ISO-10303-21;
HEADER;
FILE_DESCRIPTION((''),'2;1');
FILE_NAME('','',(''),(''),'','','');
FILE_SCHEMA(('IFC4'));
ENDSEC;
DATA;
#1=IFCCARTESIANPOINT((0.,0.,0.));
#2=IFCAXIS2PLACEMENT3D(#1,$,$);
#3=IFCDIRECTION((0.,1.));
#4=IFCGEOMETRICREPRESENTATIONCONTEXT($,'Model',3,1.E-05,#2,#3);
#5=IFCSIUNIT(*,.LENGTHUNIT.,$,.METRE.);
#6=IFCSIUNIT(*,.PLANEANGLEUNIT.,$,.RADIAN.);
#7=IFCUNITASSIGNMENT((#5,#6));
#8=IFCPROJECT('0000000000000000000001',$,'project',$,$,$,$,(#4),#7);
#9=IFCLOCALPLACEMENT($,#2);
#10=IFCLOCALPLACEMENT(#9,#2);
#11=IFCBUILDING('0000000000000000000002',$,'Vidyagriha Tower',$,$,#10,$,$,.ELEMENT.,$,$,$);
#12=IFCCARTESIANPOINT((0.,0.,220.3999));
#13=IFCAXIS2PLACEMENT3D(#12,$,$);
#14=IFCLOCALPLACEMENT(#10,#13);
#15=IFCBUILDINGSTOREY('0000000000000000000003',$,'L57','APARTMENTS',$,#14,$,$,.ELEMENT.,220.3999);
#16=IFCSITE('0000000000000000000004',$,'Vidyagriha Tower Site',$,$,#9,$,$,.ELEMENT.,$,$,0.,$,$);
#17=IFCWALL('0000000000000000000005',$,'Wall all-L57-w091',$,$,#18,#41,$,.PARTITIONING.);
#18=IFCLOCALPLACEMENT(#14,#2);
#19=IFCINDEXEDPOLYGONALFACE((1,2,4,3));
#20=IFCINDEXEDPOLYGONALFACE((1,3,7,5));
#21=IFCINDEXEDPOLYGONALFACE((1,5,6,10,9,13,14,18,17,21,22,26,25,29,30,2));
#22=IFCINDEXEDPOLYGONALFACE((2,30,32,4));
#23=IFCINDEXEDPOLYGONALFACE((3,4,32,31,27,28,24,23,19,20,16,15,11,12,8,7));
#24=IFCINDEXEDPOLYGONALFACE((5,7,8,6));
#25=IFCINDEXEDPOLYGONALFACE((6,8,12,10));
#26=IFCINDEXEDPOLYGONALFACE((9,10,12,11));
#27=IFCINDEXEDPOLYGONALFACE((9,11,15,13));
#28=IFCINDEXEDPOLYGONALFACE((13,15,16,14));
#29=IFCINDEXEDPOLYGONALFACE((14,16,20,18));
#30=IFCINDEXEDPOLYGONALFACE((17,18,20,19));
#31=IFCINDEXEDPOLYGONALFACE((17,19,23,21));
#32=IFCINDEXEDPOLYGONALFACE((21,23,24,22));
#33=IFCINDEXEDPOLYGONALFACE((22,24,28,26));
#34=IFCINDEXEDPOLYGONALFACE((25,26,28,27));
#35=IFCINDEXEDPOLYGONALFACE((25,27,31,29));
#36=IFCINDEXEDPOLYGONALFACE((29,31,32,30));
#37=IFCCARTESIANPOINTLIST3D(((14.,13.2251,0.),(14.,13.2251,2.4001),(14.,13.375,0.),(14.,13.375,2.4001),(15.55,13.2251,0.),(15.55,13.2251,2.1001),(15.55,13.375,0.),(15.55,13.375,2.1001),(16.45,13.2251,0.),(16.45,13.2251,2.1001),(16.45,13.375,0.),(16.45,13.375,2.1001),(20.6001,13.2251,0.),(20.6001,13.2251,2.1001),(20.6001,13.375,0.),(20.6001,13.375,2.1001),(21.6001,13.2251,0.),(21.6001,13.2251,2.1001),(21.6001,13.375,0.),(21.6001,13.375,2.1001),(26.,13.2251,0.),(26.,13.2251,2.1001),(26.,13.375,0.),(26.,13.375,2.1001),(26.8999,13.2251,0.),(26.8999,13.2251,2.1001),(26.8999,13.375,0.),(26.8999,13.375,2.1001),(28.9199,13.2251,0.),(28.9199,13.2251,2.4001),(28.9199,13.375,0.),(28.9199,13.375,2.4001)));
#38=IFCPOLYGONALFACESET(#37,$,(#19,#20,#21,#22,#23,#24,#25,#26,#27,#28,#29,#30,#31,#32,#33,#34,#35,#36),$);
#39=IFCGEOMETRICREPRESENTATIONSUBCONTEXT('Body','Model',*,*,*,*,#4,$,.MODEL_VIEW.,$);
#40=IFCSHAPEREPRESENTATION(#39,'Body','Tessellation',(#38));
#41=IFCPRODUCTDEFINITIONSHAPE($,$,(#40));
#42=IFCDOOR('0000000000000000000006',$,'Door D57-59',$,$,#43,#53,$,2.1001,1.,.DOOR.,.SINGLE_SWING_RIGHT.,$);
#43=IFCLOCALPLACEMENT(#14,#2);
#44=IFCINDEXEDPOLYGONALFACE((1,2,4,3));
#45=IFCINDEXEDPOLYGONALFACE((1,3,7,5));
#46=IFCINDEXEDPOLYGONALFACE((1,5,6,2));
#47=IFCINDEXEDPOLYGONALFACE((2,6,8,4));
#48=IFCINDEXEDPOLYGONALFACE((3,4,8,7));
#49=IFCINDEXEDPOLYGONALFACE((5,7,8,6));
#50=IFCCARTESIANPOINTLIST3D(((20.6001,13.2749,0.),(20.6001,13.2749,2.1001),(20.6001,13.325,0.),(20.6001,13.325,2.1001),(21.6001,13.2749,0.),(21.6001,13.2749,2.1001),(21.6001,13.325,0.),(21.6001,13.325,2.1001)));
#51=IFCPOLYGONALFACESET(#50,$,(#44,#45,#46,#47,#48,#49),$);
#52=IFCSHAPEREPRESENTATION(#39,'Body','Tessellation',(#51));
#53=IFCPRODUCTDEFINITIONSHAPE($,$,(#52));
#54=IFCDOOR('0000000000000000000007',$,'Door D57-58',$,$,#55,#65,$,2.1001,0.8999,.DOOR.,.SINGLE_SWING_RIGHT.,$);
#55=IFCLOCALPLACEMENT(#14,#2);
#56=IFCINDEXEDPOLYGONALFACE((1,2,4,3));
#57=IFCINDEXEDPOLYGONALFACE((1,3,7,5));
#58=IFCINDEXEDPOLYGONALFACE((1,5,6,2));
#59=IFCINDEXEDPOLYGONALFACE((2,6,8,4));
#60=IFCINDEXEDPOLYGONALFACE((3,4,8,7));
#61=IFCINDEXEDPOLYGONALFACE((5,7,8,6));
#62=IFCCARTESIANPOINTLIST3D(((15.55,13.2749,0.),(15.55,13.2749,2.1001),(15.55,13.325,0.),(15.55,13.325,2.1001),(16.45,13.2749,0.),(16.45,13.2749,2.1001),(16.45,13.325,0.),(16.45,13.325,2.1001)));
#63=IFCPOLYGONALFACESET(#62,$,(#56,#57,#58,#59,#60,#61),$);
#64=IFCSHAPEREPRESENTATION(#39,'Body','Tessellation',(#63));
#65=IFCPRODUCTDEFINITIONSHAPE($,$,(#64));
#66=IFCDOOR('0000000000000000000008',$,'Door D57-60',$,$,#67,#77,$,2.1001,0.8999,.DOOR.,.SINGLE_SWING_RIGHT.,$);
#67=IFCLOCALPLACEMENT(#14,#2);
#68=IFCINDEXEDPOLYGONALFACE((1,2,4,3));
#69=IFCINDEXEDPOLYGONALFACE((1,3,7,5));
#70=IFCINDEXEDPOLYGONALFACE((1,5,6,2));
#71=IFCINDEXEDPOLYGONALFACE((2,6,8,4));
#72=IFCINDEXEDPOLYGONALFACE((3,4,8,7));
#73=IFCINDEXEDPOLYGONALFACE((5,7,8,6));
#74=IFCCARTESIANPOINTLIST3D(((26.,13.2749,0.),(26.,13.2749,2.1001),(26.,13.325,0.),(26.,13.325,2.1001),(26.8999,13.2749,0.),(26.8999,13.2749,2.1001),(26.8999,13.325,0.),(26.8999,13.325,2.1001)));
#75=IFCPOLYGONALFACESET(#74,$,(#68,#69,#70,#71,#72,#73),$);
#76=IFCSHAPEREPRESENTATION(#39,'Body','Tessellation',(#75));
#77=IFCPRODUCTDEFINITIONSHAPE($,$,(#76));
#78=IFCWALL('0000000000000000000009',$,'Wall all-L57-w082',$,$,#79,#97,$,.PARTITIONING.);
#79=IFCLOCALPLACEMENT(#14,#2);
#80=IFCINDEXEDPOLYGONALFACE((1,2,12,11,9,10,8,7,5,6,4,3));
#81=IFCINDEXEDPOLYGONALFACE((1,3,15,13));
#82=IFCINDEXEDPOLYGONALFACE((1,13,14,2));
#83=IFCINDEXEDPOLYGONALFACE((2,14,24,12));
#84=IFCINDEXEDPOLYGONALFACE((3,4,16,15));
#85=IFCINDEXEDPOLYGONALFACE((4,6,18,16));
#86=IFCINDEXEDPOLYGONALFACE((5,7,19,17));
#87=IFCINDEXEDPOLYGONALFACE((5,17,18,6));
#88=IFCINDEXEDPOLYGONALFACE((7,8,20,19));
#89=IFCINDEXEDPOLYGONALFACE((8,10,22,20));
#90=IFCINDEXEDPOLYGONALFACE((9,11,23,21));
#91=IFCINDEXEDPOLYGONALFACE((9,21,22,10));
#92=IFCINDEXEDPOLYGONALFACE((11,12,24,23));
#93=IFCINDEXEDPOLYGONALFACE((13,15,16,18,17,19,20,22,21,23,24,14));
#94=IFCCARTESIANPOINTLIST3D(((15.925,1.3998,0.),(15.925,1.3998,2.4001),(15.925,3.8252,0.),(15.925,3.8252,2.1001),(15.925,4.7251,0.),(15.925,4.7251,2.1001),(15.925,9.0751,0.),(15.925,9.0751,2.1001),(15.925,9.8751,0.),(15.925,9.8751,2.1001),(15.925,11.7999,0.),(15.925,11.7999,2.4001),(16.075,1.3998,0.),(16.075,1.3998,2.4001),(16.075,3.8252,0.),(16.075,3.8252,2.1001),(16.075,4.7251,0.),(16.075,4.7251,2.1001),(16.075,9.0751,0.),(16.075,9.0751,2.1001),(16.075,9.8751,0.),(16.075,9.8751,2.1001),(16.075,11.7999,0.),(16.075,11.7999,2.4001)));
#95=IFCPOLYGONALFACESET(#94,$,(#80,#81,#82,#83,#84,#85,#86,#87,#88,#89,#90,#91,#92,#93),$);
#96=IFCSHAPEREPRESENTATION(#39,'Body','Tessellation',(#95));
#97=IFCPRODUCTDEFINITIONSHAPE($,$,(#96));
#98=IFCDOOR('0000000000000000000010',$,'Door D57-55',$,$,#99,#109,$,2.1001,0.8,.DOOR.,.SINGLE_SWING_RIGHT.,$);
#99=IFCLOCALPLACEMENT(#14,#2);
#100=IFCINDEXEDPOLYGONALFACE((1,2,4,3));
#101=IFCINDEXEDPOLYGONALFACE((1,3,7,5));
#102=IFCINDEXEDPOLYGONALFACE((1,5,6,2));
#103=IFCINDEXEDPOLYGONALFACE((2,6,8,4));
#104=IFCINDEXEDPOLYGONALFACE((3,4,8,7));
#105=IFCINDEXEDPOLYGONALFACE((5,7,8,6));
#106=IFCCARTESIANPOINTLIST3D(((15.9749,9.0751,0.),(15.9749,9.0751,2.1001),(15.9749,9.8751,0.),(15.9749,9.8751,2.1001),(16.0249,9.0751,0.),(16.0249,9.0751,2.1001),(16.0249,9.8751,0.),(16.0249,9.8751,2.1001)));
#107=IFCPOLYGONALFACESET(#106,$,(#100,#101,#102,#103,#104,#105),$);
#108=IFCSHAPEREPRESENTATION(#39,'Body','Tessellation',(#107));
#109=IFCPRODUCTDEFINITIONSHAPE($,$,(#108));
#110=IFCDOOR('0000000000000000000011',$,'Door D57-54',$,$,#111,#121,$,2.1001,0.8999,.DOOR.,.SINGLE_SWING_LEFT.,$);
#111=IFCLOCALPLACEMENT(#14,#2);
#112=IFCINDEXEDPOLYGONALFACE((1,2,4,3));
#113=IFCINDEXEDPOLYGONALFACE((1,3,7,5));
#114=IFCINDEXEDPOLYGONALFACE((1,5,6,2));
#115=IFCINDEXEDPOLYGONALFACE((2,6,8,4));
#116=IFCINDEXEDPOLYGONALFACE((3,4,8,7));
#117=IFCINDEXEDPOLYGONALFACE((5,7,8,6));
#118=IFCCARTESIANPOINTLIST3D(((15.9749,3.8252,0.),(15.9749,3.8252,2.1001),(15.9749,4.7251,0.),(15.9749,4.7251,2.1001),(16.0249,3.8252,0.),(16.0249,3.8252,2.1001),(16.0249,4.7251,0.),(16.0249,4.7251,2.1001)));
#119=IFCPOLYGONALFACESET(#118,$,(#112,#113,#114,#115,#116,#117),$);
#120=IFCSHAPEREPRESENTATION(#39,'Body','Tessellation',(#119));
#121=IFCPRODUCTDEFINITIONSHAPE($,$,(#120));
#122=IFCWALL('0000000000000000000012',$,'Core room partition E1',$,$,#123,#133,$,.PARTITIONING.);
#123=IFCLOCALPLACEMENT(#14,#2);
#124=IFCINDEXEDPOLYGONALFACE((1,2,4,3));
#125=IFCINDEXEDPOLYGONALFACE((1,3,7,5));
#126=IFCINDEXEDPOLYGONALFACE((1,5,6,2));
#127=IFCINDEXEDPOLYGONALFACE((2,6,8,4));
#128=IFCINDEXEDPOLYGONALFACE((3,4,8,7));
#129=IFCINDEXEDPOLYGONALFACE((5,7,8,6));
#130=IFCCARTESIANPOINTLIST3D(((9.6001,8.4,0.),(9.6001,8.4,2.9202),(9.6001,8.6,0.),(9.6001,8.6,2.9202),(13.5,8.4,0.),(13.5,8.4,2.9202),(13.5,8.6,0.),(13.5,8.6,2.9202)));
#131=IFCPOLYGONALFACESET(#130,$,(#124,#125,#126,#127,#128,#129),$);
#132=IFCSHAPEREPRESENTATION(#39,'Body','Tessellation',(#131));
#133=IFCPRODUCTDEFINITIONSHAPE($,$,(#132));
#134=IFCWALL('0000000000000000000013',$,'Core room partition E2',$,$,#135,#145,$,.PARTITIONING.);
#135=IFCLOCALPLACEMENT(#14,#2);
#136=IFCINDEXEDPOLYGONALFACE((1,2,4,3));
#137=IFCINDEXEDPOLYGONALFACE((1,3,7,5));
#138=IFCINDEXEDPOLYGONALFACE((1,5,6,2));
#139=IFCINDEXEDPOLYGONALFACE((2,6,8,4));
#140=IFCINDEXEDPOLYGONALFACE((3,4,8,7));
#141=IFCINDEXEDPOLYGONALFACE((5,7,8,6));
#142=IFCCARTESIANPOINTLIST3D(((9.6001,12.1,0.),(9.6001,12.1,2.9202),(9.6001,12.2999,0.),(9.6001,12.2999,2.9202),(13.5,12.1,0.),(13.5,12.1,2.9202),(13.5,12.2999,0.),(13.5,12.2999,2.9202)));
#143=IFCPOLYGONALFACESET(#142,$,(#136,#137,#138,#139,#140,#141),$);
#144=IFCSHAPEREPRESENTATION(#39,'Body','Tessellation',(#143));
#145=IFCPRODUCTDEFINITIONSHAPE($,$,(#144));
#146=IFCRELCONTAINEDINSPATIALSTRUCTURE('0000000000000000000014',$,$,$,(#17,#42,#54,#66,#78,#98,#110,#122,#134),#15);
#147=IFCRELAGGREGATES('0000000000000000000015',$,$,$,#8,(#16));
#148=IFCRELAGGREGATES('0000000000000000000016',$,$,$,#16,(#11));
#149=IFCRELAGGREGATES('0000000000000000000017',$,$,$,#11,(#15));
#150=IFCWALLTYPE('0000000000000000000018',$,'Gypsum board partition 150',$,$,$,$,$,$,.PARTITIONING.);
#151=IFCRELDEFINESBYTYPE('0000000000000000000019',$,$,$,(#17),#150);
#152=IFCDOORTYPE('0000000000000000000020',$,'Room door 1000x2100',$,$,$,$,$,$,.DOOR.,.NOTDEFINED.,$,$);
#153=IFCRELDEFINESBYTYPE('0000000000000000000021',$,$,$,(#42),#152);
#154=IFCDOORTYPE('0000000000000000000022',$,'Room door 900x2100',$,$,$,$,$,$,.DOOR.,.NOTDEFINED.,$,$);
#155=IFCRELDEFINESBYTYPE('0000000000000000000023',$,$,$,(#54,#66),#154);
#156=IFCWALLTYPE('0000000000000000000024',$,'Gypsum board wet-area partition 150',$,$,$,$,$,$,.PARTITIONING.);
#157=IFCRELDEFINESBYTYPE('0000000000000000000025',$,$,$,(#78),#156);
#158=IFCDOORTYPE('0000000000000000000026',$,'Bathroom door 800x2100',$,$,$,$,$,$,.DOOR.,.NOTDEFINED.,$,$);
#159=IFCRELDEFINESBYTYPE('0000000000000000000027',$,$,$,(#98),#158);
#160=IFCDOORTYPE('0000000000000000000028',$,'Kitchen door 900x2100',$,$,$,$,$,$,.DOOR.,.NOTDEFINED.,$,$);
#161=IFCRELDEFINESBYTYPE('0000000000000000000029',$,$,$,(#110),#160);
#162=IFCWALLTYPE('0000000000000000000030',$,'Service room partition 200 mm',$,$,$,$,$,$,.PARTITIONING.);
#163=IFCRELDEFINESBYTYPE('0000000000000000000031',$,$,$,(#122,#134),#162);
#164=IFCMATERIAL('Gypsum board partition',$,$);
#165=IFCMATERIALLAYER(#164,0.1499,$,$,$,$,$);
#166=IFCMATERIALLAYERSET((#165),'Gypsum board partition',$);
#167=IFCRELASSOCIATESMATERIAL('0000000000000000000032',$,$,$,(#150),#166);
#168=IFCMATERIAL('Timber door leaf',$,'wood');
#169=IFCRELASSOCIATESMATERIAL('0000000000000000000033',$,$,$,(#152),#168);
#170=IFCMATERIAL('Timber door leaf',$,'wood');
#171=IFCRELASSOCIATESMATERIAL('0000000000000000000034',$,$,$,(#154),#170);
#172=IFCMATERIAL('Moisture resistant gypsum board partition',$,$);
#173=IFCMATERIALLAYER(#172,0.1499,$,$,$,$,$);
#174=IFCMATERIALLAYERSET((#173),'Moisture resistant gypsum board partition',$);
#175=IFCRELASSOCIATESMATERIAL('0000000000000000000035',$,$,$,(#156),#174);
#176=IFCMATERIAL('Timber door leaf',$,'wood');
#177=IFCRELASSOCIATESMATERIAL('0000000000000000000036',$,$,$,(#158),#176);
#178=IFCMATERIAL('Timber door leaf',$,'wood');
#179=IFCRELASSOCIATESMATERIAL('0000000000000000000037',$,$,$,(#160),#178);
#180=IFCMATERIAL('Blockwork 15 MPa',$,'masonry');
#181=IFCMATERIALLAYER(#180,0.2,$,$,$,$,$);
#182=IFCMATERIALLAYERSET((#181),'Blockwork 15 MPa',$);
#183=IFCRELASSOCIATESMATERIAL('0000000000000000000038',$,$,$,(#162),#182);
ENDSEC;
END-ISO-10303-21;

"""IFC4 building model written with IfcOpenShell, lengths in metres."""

from ifc_helpers import new_model, si_unit, direction, frame, frame_2d, origin, place, context, subcontext, project, spatial, rectangle, extrude, material, layer, layer_set, type_object, element, fill, save


model = new_model("IFC4")

# Units and contexts
model_context = context("Model", 3, precision=1e-05, world=origin(), true_north=direction((0.0, 1.0)))
body_context = subcontext(model_context, "Body", "Model", "MODEL_VIEW")
ifc_project = project(units=[si_unit("LENGTHUNIT", "METRE"), si_unit("PLANEANGLEUNIT", "RADIAN")], contexts=[model_context])

# Site, building, storey
site_placement = place(None, origin())
site = spatial("IfcSite", under=ifc_project, at=site_placement, Name="Vidyagriha Tower Site", CompositionType="ELEMENT", RefElevation=0.0)
building_placement = place(site_placement, origin())
building = spatial("IfcBuilding", under=site, at=building_placement, Name="Vidyagriha Tower", CompositionType="ELEMENT")
storey_placement = place(building_placement, frame((0.0, 0.0, 220.3999)))
storey = spatial("IfcBuildingStorey", under=building, at=storey_placement, Name="L57", Description="APARTMENTS", CompositionType="ELEMENT", Elevation=220.3999)

# Shared definitions
ifc_material_1 = material(Name="Gypsum board partition")
ifc_layer_1 = layer(ifc_material_1, 0.1499)
ifc_layer_set_1 = layer_set([ifc_layer_1], Name="Gypsum board partition")
wall_type_1 = type_object("IfcWallType", Name="Gypsum board partition 150", PredefinedType="PARTITIONING", material=ifc_layer_set_1)

# Walls, openings, doors
wall_1_placement = place(storey_placement, frame((14.0, 13.3, 0.0)))
wall_1 = element("IfcWall", 1, at=wall_1_placement, inside=storey, type_object=wall_type_1, Name="Wall all-L57-w091", PredefinedType="PARTITIONING", context=body_context, shape_type="SweptSolid", body=[
    extrude(rectangle(XDim=14.9199, YDim=0.1499, at=frame_2d((7.46, 0.0))), origin(), (0.0, 0.0, 1.0), 2.4001),
])
opening_1_placement = place(wall_1_placement, frame((1.55, 0.0, 0.0)))
opening_1 = element("IfcOpeningElement", 2, at=opening_1_placement, cuts=wall_1, PredefinedType="OPENING", context=body_context, shape_type="SweptSolid", body=[
    extrude(rectangle(XDim=0.8999, YDim=2.1001, at=frame_2d((0.45, 1.05))), frame((0.0, 0.085, 0.0), z_axis=(0.0, -1.0, 0.0), x_axis=(1.0, 0.0, 0.0)), (0.0, 0.0, 1.0), 0.1699),
])
opening_2_placement = place(wall_1_placement, frame((6.6001, 0.0, 0.0)))
opening_2 = element("IfcOpeningElement", 3, at=opening_2_placement, cuts=wall_1, PredefinedType="OPENING", context=body_context, shape_type="SweptSolid", body=[
    extrude(rectangle(XDim=1.0, YDim=2.1001, at=frame_2d((0.5, 1.05))), frame((0.0, 0.085, 0.0), z_axis=(0.0, -1.0, 0.0), x_axis=(1.0, 0.0, 0.0)), (0.0, 0.0, 1.0), 0.1699),
])
opening_3_placement = place(wall_1_placement, frame((12.0, 0.0, 0.0)))
opening_3 = element("IfcOpeningElement", 4, at=opening_3_placement, cuts=wall_1, PredefinedType="OPENING", context=body_context, shape_type="SweptSolid", body=[
    extrude(rectangle(XDim=0.8999, YDim=2.1001, at=frame_2d((0.45, 1.05))), frame((0.0, 0.085, 0.0), z_axis=(0.0, -1.0, 0.0), x_axis=(1.0, 0.0, 0.0)), (0.0, 0.0, 1.0), 0.1699),
])
ifc_material_2 = material(Name="Timber door leaf", Category="wood")
door_type_1 = type_object("IfcDoorType", Name="Room door 1000x2100", OperationType="NOTDEFINED", PredefinedType="DOOR", material=ifc_material_2)
door_1_placement = place(opening_2_placement, origin())
door_1 = element("IfcDoor", 5, at=door_1_placement, inside=storey, type_object=door_type_1, Name="Door D57-59", OperationType="SINGLE_SWING_RIGHT", OverallHeight=2.1001, OverallWidth=1.0, PredefinedType="DOOR", context=body_context, shape_type="SweptSolid", body=[
    extrude(rectangle(XDim=1.0, YDim=2.1001, at=frame_2d((0.5, 1.05))), frame((0.0, 0.0249, 0.0), z_axis=(0.0, -1.0, 0.0), x_axis=(1.0, 0.0, 0.0)), (0.0, 0.0, 1.0), 0.05),
])
fill(opening_2, door_1)
ifc_material_3 = material(Name="Timber door leaf", Category="wood")
door_type_2 = type_object("IfcDoorType", Name="Room door 900x2100", OperationType="NOTDEFINED", PredefinedType="DOOR", material=ifc_material_3)
door_2_placement = place(opening_1_placement, origin())
door_2 = element("IfcDoor", 6, at=door_2_placement, inside=storey, type_object=door_type_2, Name="Door D57-58", OperationType="SINGLE_SWING_RIGHT", OverallHeight=2.1001, OverallWidth=0.8999, PredefinedType="DOOR", context=body_context, shape_type="SweptSolid", body=[
    extrude(rectangle(XDim=0.8999, YDim=2.1001, at=frame_2d((0.45, 1.05))), frame((0.0, 0.0249, 0.0), z_axis=(0.0, -1.0, 0.0), x_axis=(1.0, 0.0, 0.0)), (0.0, 0.0, 1.0), 0.05),
])
fill(opening_1, door_2)
door_3_placement = place(opening_3_placement, origin())
door_3 = element("IfcDoor", 7, at=door_3_placement, inside=storey, type_object=door_type_2, Name="Door D57-60", OperationType="SINGLE_SWING_RIGHT", OverallHeight=2.1001, OverallWidth=0.8999, PredefinedType="DOOR", context=body_context, shape_type="SweptSolid", body=[
    extrude(rectangle(XDim=0.8999, YDim=2.1001, at=frame_2d((0.45, 1.05))), frame((0.0, 0.0249, 0.0), z_axis=(0.0, -1.0, 0.0), x_axis=(1.0, 0.0, 0.0)), (0.0, 0.0, 1.0), 0.05),
])
fill(opening_3, door_3)
ifc_material_4 = material(Name="Moisture resistant gypsum board partition")
ifc_layer_2 = layer(ifc_material_4, 0.1499)
ifc_layer_set_2 = layer_set([ifc_layer_2], Name="Moisture resistant gypsum board partition")
wall_type_2 = type_object("IfcWallType", Name="Gypsum board wet-area partition 150", PredefinedType="PARTITIONING", material=ifc_layer_set_2)
wall_2_placement = place(storey_placement, frame((16.0, 11.8, 0.0), z_axis=(0.0, 0.0, 1.0), x_axis=(0.0, -1.0, 0.0)))
wall_2 = element("IfcWall", 8, at=wall_2_placement, inside=storey, type_object=wall_type_2, Name="Wall all-L57-w082", PredefinedType="PARTITIONING", context=body_context, shape_type="SweptSolid", body=[
    extrude(rectangle(XDim=10.4001, YDim=0.1499, at=frame_2d((5.2002, 0.0))), origin(), (0.0, 0.0, 1.0), 2.4001),
])
opening_4_placement = place(wall_2_placement, frame((7.075, 0.0, 0.0)))
opening_4 = element("IfcOpeningElement", 9, at=opening_4_placement, cuts=wall_2, PredefinedType="OPENING", context=body_context, shape_type="SweptSolid", body=[
    extrude(rectangle(XDim=0.8999, YDim=2.1001, at=frame_2d((0.45, 1.05))), frame((0.0, 0.085, 0.0), z_axis=(0.0, -1.0, 0.0), x_axis=(1.0, 0.0, 0.0)), (0.0, 0.0, 1.0), 0.1699),
])
opening_5_placement = place(wall_2_placement, frame((1.925, 0.0, 0.0)))
opening_5 = element("IfcOpeningElement", 10, at=opening_5_placement, cuts=wall_2, PredefinedType="OPENING", context=body_context, shape_type="SweptSolid", body=[
    extrude(rectangle(XDim=0.8, YDim=2.1001, at=frame_2d((0.3999, 1.05))), frame((0.0, 0.085, 0.0), z_axis=(0.0, -1.0, 0.0), x_axis=(1.0, 0.0, 0.0)), (0.0, 0.0, 1.0), 0.1699),
])
ifc_material_5 = material(Name="Timber door leaf", Category="wood")
door_type_3 = type_object("IfcDoorType", Name="Bathroom door 800x2100", OperationType="NOTDEFINED", PredefinedType="DOOR", material=ifc_material_5)
door_4_placement = place(opening_5_placement, origin())
door_4 = element("IfcDoor", 11, at=door_4_placement, inside=storey, type_object=door_type_3, Name="Door D57-55", OperationType="SINGLE_SWING_RIGHT", OverallHeight=2.1001, OverallWidth=0.8, PredefinedType="DOOR", context=body_context, shape_type="SweptSolid", body=[
    extrude(rectangle(XDim=0.8, YDim=2.1001, at=frame_2d((0.3999, 1.05))), frame((0.0, 0.0249, 0.0), z_axis=(0.0, -1.0, 0.0), x_axis=(1.0, 0.0, 0.0)), (0.0, 0.0, 1.0), 0.05),
])
fill(opening_5, door_4)
ifc_material_6 = material(Name="Timber door leaf", Category="wood")
door_type_4 = type_object("IfcDoorType", Name="Kitchen door 900x2100", OperationType="NOTDEFINED", PredefinedType="DOOR", material=ifc_material_6)
door_5_placement = place(opening_4_placement, origin())
door_5 = element("IfcDoor", 12, at=door_5_placement, inside=storey, type_object=door_type_4, Name="Door D57-54", OperationType="SINGLE_SWING_LEFT", OverallHeight=2.1001, OverallWidth=0.8999, PredefinedType="DOOR", context=body_context, shape_type="SweptSolid", body=[
    extrude(rectangle(XDim=0.8999, YDim=2.1001, at=frame_2d((0.45, 1.05))), frame((0.0, 0.0249, 0.0), z_axis=(0.0, -1.0, 0.0), x_axis=(1.0, 0.0, 0.0)), (0.0, 0.0, 1.0), 0.05),
])
fill(opening_4, door_5)

# Walls
ifc_material_7 = material(Name="Blockwork 15 MPa", Category="masonry")
ifc_layer_3 = layer(ifc_material_7, 0.2)
ifc_layer_set_3 = layer_set([ifc_layer_3], Name="Blockwork 15 MPa")
wall_type_3 = type_object("IfcWallType", Name="Service room partition 200 mm", PredefinedType="PARTITIONING", material=ifc_layer_set_3)
for number, where, name in (
    (13, (9.6001, 8.5, 0.0), "Core room partition E1"),
    (14, (9.6001, 12.2, 0.0), "Core room partition E2"),
):
    element("IfcWall", number, at=place(storey_placement, frame(where)), inside=storey, type_object=wall_type_3, Name=name, PredefinedType="PARTITIONING", context=body_context, shape_type="SweptSolid", body=[
        extrude(rectangle(XDim=3.8999, YDim=0.2, at=frame_2d((1.95, 0.0))), origin(), (0.0, 0.0, 1.0), 2.9202),
    ])

save(model, "model.ifc")
